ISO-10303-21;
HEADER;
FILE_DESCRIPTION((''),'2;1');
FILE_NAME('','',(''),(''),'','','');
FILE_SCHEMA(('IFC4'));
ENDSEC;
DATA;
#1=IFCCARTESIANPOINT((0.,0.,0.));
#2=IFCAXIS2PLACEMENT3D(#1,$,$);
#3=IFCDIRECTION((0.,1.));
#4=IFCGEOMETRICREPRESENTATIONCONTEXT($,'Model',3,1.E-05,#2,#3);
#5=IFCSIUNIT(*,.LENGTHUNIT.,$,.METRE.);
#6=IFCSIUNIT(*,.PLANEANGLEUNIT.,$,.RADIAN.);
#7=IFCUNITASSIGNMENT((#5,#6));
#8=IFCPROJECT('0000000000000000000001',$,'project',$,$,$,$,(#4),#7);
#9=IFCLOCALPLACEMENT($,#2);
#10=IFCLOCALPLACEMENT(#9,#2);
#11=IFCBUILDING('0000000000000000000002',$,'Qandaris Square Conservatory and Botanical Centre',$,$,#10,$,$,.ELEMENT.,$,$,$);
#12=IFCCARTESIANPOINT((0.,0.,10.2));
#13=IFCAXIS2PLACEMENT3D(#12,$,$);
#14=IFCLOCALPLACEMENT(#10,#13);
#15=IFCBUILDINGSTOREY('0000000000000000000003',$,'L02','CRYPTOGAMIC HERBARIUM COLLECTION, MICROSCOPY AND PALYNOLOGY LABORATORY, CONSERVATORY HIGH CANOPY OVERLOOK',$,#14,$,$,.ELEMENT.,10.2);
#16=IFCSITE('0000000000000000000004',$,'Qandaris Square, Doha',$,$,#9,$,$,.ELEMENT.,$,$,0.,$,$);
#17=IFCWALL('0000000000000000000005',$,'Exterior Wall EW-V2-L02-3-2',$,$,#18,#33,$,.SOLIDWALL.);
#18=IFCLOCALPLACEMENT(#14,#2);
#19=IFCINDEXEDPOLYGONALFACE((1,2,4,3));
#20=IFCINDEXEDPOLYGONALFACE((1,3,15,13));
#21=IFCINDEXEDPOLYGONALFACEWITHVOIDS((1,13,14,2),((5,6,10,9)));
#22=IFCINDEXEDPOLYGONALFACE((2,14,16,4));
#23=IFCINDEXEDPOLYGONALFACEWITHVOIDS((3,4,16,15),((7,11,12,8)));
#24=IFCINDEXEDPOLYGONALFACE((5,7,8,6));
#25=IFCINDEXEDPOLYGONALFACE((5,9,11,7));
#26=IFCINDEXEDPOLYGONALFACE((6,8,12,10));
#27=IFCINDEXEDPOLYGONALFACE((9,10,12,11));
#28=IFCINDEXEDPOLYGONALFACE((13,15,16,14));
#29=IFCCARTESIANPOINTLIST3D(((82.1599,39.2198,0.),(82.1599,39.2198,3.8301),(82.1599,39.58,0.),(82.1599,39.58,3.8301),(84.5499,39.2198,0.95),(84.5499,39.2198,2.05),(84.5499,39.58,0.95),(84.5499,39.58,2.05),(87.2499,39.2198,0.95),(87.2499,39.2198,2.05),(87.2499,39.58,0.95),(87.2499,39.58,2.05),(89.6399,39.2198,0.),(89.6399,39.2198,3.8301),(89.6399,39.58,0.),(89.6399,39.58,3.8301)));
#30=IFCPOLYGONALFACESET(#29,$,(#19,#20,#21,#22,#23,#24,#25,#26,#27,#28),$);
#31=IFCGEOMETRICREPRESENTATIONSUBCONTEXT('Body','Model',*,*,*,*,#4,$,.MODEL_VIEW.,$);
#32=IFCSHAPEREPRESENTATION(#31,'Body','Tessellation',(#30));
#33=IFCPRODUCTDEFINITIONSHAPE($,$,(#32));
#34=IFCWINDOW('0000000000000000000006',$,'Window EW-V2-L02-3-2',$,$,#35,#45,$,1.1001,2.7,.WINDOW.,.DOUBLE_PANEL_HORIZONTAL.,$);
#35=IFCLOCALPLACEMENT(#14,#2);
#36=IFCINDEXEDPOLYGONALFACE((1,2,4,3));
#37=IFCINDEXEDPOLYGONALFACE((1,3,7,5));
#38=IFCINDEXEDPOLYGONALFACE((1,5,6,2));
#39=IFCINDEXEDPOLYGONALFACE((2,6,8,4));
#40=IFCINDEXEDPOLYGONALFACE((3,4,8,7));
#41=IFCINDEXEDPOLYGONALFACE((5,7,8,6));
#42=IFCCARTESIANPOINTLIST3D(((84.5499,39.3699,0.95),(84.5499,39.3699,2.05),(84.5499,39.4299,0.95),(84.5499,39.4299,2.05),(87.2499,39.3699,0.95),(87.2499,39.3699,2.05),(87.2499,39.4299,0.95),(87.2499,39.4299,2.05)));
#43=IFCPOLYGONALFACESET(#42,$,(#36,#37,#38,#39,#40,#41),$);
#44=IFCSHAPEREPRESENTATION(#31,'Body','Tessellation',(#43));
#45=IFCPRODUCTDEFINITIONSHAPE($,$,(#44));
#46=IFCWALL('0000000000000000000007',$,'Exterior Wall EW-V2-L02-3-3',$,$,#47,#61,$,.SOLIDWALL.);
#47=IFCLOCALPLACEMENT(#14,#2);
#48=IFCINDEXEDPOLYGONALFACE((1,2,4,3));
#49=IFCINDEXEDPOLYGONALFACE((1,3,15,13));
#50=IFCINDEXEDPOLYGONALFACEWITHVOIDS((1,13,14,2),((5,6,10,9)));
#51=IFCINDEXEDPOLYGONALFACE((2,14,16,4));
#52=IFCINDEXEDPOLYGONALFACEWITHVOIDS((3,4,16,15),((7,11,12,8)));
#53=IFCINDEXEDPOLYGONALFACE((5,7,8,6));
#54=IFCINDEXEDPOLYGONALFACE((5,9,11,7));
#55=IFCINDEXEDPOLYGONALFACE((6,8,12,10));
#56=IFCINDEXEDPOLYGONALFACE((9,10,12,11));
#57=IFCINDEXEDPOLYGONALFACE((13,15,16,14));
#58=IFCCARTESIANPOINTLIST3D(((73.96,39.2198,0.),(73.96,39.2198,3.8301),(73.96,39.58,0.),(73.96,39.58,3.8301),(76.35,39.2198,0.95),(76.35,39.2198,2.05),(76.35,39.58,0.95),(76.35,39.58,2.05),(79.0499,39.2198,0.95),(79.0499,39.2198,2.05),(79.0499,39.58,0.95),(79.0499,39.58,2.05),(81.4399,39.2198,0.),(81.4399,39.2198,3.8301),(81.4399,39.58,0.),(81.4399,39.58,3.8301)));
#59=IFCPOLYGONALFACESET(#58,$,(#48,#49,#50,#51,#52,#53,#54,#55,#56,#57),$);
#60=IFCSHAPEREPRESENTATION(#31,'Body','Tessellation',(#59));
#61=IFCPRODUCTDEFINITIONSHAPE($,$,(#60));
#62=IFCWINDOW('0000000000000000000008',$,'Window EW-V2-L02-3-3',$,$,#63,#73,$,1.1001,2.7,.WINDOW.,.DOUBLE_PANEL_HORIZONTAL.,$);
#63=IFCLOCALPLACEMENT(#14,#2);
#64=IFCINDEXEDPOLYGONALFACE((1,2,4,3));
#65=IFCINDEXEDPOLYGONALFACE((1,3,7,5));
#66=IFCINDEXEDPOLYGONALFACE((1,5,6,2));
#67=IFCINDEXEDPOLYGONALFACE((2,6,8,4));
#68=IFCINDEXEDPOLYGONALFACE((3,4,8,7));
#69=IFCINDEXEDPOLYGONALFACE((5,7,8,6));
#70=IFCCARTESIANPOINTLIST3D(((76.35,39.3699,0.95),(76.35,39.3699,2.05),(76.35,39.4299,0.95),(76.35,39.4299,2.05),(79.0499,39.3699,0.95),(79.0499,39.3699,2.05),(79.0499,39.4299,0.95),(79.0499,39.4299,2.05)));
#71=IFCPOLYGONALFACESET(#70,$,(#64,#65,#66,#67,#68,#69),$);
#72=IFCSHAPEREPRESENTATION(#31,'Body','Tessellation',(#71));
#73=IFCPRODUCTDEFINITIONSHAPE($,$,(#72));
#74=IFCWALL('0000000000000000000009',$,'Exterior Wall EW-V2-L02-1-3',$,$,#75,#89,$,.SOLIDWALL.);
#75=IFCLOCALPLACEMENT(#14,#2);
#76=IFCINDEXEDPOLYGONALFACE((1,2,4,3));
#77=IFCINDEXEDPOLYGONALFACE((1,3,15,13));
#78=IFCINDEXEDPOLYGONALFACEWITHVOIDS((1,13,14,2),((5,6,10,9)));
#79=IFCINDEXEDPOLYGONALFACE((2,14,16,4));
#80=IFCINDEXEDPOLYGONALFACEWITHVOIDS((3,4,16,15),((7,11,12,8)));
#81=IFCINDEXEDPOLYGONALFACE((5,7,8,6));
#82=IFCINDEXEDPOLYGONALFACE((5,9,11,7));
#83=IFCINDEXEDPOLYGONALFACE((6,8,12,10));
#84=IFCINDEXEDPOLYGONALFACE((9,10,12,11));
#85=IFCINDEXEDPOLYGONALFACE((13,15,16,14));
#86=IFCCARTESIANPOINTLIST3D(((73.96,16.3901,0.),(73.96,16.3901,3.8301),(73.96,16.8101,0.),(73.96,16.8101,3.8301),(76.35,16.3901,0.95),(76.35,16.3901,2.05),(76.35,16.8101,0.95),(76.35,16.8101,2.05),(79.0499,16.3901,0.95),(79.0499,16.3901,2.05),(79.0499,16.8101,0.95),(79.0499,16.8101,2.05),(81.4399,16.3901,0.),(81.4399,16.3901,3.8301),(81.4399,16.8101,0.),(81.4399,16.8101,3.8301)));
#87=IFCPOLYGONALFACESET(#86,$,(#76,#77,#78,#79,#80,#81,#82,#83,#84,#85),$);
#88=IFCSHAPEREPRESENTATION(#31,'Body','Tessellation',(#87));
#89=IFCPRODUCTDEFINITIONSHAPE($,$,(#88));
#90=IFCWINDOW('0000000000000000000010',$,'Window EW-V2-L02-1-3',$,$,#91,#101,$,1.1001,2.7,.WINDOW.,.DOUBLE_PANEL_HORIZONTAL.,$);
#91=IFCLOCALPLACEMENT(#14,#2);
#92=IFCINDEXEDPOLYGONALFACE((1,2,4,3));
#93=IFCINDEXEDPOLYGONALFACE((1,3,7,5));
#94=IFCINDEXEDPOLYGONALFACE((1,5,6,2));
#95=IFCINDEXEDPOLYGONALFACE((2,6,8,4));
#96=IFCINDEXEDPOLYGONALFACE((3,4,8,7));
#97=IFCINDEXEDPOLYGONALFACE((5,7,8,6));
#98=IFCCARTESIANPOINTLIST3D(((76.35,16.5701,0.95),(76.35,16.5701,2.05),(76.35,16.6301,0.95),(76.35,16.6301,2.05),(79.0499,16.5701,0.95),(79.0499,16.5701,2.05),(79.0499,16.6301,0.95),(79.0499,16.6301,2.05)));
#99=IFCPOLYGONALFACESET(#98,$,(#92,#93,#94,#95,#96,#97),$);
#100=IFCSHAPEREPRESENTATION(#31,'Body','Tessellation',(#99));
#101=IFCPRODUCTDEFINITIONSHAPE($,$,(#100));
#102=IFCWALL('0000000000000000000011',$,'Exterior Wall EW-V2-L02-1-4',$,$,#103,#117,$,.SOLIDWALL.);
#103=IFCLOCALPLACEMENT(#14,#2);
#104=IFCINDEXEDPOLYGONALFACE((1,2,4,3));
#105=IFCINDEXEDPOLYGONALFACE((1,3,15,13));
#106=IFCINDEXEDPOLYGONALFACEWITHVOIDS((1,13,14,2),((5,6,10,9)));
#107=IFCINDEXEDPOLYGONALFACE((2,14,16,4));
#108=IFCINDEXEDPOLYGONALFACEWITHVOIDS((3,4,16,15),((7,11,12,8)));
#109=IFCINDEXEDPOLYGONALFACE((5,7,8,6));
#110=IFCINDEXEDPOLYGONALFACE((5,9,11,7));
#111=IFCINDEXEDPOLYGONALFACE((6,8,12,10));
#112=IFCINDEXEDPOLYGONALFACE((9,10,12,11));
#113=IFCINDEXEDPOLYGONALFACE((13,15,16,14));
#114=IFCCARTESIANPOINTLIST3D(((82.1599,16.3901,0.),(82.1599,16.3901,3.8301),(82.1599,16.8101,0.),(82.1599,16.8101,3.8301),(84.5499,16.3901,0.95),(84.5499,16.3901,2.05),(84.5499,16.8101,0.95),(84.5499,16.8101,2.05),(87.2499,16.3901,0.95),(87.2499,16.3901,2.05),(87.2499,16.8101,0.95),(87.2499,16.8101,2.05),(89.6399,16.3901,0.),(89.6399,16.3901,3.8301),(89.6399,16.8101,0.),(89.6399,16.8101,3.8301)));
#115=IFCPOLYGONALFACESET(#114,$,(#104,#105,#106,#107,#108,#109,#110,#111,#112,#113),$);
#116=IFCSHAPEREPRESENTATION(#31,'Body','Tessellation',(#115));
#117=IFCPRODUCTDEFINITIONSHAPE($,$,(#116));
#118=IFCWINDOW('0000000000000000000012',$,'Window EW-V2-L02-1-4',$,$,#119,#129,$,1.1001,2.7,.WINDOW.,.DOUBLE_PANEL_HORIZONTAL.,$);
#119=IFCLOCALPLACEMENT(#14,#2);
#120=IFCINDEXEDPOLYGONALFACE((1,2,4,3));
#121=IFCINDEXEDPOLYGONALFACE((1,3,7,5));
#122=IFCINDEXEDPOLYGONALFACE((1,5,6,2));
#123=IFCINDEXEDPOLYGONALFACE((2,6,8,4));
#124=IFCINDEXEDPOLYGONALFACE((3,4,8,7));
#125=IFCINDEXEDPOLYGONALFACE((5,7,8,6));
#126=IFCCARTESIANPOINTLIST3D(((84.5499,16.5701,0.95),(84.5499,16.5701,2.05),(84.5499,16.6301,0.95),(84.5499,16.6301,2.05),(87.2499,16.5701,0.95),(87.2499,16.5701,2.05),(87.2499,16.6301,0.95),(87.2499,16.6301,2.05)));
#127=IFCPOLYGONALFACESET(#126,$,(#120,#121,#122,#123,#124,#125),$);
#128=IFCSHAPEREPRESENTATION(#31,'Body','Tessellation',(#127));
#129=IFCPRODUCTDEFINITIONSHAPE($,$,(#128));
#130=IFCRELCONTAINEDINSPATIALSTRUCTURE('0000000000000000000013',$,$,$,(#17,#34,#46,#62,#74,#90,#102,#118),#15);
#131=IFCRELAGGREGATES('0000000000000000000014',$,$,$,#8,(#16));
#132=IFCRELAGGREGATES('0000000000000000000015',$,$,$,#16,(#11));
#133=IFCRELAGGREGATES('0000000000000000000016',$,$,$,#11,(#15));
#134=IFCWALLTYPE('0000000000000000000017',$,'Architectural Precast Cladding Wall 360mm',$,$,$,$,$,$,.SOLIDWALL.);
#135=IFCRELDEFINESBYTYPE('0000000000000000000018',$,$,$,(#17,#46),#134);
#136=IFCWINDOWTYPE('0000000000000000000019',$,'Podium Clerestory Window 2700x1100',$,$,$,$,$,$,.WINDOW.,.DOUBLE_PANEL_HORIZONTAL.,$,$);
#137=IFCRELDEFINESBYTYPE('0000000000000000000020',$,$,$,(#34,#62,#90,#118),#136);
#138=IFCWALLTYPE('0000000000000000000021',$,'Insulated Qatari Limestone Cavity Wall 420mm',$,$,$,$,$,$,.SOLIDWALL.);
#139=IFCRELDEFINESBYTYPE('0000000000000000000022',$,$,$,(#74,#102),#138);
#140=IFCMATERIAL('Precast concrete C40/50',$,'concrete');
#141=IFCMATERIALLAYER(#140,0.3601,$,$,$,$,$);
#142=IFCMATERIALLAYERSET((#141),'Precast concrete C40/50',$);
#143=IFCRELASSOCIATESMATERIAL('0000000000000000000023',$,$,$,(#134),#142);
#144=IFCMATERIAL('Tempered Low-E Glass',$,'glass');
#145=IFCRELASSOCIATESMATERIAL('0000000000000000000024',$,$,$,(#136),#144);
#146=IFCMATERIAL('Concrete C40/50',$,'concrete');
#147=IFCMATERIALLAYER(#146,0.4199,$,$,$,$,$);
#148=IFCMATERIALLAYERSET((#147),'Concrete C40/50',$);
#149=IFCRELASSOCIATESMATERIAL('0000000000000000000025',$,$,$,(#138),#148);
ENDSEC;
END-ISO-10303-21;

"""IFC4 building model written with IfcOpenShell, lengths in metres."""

from ifc_helpers import new_model, si_unit, direction, frame, frame_2d, origin, place, context, subcontext, project, spatial, rectangle, extrude, material, layer, layer_set, type_object, element, fill, save


model = new_model("IFC4")

# Units and contexts
model_context = context("Model", 3, precision=1e-05, world=origin(), true_north=direction((0.0, 1.0)))
body_context = subcontext(model_context, "Body", "Model", "MODEL_VIEW")
ifc_project = project(units=[si_unit("LENGTHUNIT", "METRE"), si_unit("PLANEANGLEUNIT", "RADIAN")], contexts=[model_context])

# Site, building, storey
site_placement = place(None, origin())
site = spatial("IfcSite", under=ifc_project, at=site_placement, Name="Qandaris Square, Doha", CompositionType="ELEMENT", RefElevation=0.0)
building_placement = place(site_placement, origin())
building = spatial("IfcBuilding", under=site, at=building_placement, Name="Qandaris Square Conservatory and Botanical Centre", CompositionType="ELEMENT")
storey_placement = place(building_placement, frame((0.0, 0.0, 10.2)))
storey = spatial("IfcBuildingStorey", under=building, at=storey_placement, Name="L02", Description="CRYPTOGAMIC HERBARIUM COLLECTION, MICROSCOPY AND PALYNOLOGY LABORATORY, CONSERVATORY HIGH CANOPY OVERLOOK", CompositionType="ELEMENT", Elevation=10.2)

# Shared definitions
ifc_material_1 = material(Name="Concrete C40/50", Category="concrete")

# Walls, openings, windows
ifc_material_2 = material(Name="Precast concrete C40/50", Category="concrete")
ifc_layer_1 = layer(ifc_material_2, 0.3601)
ifc_layer_set_1 = layer_set([ifc_layer_1], Name="Precast concrete C40/50")
wall_type_1 = type_object("IfcWallType", Name="Architectural Precast Cladding Wall 360mm", PredefinedType="SOLIDWALL", material=ifc_layer_set_1)
wall_1_placement = place(storey_placement, frame((89.6399, 39.3999, 0.0), z_axis=(0.0, 0.0, 1.0), x_axis=(-1.0, 0.0, 0.0)))
wall_1 = element("IfcWall", 1, at=wall_1_placement, inside=storey, type_object=wall_type_1, Name="Exterior Wall EW-V2-L02-3-2", PredefinedType="SOLIDWALL", context=body_context, shape_type="SweptSolid", body=[
    extrude(rectangle(XDim=7.48, YDim=0.3601, at=frame_2d((3.74, 0.0))), origin(), (0.0, 0.0, 1.0), 3.8301),
])
opening_1_placement = place(wall_1_placement, frame((2.3899, 0.0, 0.95)))
opening_1 = element("IfcOpeningElement", 2, at=opening_1_placement, cuts=wall_1, PredefinedType="OPENING", context=body_context, shape_type="SweptSolid", body=[
    extrude(rectangle(XDim=2.7, YDim=1.1001, at=frame_2d((1.3501, 0.55))), frame((0.0, 0.1919, 0.0), z_axis=(0.0, -1.0, 0.0), x_axis=(1.0, 0.0, 0.0)), (0.0, 0.0, 1.0), 0.384),
])
ifc_material_3 = material(Name="Tempered Low-E Glass", Category="glass")
window_type = type_object("IfcWindowType", Name="Podium Clerestory Window 2700x1100", PartitioningType="DOUBLE_PANEL_HORIZONTAL", PredefinedType="WINDOW", material=ifc_material_3)
window_1_placement = place(opening_1_placement, origin())
window_1 = element("IfcWindow", 3, at=window_1_placement, inside=storey, type_object=window_type, Name="Window EW-V2-L02-3-2", OverallHeight=1.1001, OverallWidth=2.7, PartitioningType="DOUBLE_PANEL_HORIZONTAL", PredefinedType="WINDOW", context=body_context, shape_type="SweptSolid", body=[
    extrude(rectangle(XDim=2.7, YDim=1.1001, at=frame_2d((1.3501, 0.55))), frame((0.0, 0.03, 0.0), z_axis=(0.0, -1.0, 0.0), x_axis=(1.0, 0.0, 0.0)), (0.0, 0.0, 1.0), 0.0601),
])
fill(opening_1, window_1)
wall_2_placement = place(storey_placement, frame((81.4399, 39.3999, 0.0), z_axis=(0.0, 0.0, 1.0), x_axis=(-1.0, 0.0, 0.0)))
wall_2 = element("IfcWall", 4, at=wall_2_placement, inside=storey, type_object=wall_type_1, Name="Exterior Wall EW-V2-L02-3-3", PredefinedType="SOLIDWALL", context=body_context, shape_type="SweptSolid", body=[
    extrude(rectangle(XDim=7.48, YDim=0.3601, at=frame_2d((3.74, 0.0))), origin(), (0.0, 0.0, 1.0), 3.8301),
])
opening_2_placement = place(wall_2_placement, frame((2.3899, 0.0, 0.95)))
opening_2 = element("IfcOpeningElement", 5, at=opening_2_placement, cuts=wall_2, PredefinedType="OPENING", context=body_context, shape_type="SweptSolid", body=[
    extrude(rectangle(XDim=2.7, YDim=1.1001, at=frame_2d((1.3501, 0.55))), frame((0.0, 0.1919, 0.0), z_axis=(0.0, -1.0, 0.0), x_axis=(1.0, 0.0, 0.0)), (0.0, 0.0, 1.0), 0.384),
])
window_2_placement = place(opening_2_placement, origin())
window_2 = element("IfcWindow", 6, at=window_2_placement, inside=storey, type_object=window_type, Name="Window EW-V2-L02-3-3", OverallHeight=1.1001, OverallWidth=2.7, PartitioningType="DOUBLE_PANEL_HORIZONTAL", PredefinedType="WINDOW", context=body_context, shape_type="SweptSolid", body=[
    extrude(rectangle(XDim=2.7, YDim=1.1001, at=frame_2d((1.3501, 0.55))), frame((0.0, 0.03, 0.0), z_axis=(0.0, -1.0, 0.0), x_axis=(1.0, 0.0, 0.0)), (0.0, 0.0, 1.0), 0.0601),
])
fill(opening_2, window_2)
ifc_layer_2 = layer(ifc_material_1, 0.4199)
ifc_layer_set_2 = layer_set([ifc_layer_2], Name="Concrete C40/50")
wall_type_2 = type_object("IfcWallType", Name="Insulated Qatari Limestone Cavity Wall 420mm", PredefinedType="SOLIDWALL", material=ifc_layer_set_2)
wall_3_placement = place(storey_placement, frame((73.96, 16.6001, 0.0), z_axis=(0.0, 0.0, 1.0), x_axis=(1.0, 0.0, 0.0)))
wall_3 = element("IfcWall", 7, at=wall_3_placement, inside=storey, type_object=wall_type_2, Name="Exterior Wall EW-V2-L02-1-3", PredefinedType="SOLIDWALL", context=body_context, shape_type="SweptSolid", body=[
    extrude(rectangle(XDim=7.48, YDim=0.4199, at=frame_2d((3.74, 0.0))), origin(), (0.0, 0.0, 1.0), 3.8301),
])
opening_3_placement = place(wall_3_placement, frame((2.3899, 0.0, 0.95)))
opening_3 = element("IfcOpeningElement", 8, at=opening_3_placement, cuts=wall_3, PredefinedType="OPENING", context=body_context, shape_type="SweptSolid", body=[
    extrude(rectangle(XDim=2.7, YDim=1.1001, at=frame_2d((1.3501, 0.55))), frame((0.0, 0.2219, 0.0), z_axis=(0.0, -1.0, 0.0), x_axis=(1.0, 0.0, 0.0)), (0.0, 0.0, 1.0), 0.4438),
])
window_3_placement = place(opening_3_placement, origin())
window_3 = element("IfcWindow", 9, at=window_3_placement, inside=storey, type_object=window_type, Name="Window EW-V2-L02-1-3", OverallHeight=1.1001, OverallWidth=2.7, PartitioningType="DOUBLE_PANEL_HORIZONTAL", PredefinedType="WINDOW", context=body_context, shape_type="SweptSolid", body=[
    extrude(rectangle(XDim=2.7, YDim=1.1001, at=frame_2d((1.3501, 0.55))), frame((0.0, 0.03, 0.0), z_axis=(0.0, -1.0, 0.0), x_axis=(1.0, 0.0, 0.0)), (0.0, 0.0, 1.0), 0.0601),
])
fill(opening_3, window_3)
wall_4_placement = place(storey_placement, frame((82.1599, 16.6001, 0.0), z_axis=(0.0, 0.0, 1.0), x_axis=(1.0, 0.0, 0.0)))
wall_4 = element("IfcWall", 10, at=wall_4_placement, inside=storey, type_object=wall_type_2, Name="Exterior Wall EW-V2-L02-1-4", PredefinedType="SOLIDWALL", context=body_context, shape_type="SweptSolid", body=[
    extrude(rectangle(XDim=7.48, YDim=0.4199, at=frame_2d((3.74, 0.0))), origin(), (0.0, 0.0, 1.0), 3.8301),
])
opening_4_placement = place(wall_4_placement, frame((2.3899, 0.0, 0.95)))
opening_4 = element("IfcOpeningElement", 11, at=opening_4_placement, cuts=wall_4, PredefinedType="OPENING", context=body_context, shape_type="SweptSolid", body=[
    extrude(rectangle(XDim=2.7, YDim=1.1001, at=frame_2d((1.3501, 0.55))), frame((0.0, 0.2219, 0.0), z_axis=(0.0, -1.0, 0.0), x_axis=(1.0, 0.0, 0.0)), (0.0, 0.0, 1.0), 0.4438),
])
window_4_placement = place(opening_4_placement, origin())
window_4 = element("IfcWindow", 12, at=window_4_placement, inside=storey, type_object=window_type, Name="Window EW-V2-L02-1-4", OverallHeight=1.1001, OverallWidth=2.7, PartitioningType="DOUBLE_PANEL_HORIZONTAL", PredefinedType="WINDOW", context=body_context, shape_type="SweptSolid", body=[
    extrude(rectangle(XDim=2.7, YDim=1.1001, at=frame_2d((1.3501, 0.55))), frame((0.0, 0.03, 0.0), z_axis=(0.0, -1.0, 0.0), x_axis=(1.0, 0.0, 0.0)), (0.0, 0.0, 1.0), 0.0601),
])
fill(opening_4, window_4)

save(model, "model.ifc")
